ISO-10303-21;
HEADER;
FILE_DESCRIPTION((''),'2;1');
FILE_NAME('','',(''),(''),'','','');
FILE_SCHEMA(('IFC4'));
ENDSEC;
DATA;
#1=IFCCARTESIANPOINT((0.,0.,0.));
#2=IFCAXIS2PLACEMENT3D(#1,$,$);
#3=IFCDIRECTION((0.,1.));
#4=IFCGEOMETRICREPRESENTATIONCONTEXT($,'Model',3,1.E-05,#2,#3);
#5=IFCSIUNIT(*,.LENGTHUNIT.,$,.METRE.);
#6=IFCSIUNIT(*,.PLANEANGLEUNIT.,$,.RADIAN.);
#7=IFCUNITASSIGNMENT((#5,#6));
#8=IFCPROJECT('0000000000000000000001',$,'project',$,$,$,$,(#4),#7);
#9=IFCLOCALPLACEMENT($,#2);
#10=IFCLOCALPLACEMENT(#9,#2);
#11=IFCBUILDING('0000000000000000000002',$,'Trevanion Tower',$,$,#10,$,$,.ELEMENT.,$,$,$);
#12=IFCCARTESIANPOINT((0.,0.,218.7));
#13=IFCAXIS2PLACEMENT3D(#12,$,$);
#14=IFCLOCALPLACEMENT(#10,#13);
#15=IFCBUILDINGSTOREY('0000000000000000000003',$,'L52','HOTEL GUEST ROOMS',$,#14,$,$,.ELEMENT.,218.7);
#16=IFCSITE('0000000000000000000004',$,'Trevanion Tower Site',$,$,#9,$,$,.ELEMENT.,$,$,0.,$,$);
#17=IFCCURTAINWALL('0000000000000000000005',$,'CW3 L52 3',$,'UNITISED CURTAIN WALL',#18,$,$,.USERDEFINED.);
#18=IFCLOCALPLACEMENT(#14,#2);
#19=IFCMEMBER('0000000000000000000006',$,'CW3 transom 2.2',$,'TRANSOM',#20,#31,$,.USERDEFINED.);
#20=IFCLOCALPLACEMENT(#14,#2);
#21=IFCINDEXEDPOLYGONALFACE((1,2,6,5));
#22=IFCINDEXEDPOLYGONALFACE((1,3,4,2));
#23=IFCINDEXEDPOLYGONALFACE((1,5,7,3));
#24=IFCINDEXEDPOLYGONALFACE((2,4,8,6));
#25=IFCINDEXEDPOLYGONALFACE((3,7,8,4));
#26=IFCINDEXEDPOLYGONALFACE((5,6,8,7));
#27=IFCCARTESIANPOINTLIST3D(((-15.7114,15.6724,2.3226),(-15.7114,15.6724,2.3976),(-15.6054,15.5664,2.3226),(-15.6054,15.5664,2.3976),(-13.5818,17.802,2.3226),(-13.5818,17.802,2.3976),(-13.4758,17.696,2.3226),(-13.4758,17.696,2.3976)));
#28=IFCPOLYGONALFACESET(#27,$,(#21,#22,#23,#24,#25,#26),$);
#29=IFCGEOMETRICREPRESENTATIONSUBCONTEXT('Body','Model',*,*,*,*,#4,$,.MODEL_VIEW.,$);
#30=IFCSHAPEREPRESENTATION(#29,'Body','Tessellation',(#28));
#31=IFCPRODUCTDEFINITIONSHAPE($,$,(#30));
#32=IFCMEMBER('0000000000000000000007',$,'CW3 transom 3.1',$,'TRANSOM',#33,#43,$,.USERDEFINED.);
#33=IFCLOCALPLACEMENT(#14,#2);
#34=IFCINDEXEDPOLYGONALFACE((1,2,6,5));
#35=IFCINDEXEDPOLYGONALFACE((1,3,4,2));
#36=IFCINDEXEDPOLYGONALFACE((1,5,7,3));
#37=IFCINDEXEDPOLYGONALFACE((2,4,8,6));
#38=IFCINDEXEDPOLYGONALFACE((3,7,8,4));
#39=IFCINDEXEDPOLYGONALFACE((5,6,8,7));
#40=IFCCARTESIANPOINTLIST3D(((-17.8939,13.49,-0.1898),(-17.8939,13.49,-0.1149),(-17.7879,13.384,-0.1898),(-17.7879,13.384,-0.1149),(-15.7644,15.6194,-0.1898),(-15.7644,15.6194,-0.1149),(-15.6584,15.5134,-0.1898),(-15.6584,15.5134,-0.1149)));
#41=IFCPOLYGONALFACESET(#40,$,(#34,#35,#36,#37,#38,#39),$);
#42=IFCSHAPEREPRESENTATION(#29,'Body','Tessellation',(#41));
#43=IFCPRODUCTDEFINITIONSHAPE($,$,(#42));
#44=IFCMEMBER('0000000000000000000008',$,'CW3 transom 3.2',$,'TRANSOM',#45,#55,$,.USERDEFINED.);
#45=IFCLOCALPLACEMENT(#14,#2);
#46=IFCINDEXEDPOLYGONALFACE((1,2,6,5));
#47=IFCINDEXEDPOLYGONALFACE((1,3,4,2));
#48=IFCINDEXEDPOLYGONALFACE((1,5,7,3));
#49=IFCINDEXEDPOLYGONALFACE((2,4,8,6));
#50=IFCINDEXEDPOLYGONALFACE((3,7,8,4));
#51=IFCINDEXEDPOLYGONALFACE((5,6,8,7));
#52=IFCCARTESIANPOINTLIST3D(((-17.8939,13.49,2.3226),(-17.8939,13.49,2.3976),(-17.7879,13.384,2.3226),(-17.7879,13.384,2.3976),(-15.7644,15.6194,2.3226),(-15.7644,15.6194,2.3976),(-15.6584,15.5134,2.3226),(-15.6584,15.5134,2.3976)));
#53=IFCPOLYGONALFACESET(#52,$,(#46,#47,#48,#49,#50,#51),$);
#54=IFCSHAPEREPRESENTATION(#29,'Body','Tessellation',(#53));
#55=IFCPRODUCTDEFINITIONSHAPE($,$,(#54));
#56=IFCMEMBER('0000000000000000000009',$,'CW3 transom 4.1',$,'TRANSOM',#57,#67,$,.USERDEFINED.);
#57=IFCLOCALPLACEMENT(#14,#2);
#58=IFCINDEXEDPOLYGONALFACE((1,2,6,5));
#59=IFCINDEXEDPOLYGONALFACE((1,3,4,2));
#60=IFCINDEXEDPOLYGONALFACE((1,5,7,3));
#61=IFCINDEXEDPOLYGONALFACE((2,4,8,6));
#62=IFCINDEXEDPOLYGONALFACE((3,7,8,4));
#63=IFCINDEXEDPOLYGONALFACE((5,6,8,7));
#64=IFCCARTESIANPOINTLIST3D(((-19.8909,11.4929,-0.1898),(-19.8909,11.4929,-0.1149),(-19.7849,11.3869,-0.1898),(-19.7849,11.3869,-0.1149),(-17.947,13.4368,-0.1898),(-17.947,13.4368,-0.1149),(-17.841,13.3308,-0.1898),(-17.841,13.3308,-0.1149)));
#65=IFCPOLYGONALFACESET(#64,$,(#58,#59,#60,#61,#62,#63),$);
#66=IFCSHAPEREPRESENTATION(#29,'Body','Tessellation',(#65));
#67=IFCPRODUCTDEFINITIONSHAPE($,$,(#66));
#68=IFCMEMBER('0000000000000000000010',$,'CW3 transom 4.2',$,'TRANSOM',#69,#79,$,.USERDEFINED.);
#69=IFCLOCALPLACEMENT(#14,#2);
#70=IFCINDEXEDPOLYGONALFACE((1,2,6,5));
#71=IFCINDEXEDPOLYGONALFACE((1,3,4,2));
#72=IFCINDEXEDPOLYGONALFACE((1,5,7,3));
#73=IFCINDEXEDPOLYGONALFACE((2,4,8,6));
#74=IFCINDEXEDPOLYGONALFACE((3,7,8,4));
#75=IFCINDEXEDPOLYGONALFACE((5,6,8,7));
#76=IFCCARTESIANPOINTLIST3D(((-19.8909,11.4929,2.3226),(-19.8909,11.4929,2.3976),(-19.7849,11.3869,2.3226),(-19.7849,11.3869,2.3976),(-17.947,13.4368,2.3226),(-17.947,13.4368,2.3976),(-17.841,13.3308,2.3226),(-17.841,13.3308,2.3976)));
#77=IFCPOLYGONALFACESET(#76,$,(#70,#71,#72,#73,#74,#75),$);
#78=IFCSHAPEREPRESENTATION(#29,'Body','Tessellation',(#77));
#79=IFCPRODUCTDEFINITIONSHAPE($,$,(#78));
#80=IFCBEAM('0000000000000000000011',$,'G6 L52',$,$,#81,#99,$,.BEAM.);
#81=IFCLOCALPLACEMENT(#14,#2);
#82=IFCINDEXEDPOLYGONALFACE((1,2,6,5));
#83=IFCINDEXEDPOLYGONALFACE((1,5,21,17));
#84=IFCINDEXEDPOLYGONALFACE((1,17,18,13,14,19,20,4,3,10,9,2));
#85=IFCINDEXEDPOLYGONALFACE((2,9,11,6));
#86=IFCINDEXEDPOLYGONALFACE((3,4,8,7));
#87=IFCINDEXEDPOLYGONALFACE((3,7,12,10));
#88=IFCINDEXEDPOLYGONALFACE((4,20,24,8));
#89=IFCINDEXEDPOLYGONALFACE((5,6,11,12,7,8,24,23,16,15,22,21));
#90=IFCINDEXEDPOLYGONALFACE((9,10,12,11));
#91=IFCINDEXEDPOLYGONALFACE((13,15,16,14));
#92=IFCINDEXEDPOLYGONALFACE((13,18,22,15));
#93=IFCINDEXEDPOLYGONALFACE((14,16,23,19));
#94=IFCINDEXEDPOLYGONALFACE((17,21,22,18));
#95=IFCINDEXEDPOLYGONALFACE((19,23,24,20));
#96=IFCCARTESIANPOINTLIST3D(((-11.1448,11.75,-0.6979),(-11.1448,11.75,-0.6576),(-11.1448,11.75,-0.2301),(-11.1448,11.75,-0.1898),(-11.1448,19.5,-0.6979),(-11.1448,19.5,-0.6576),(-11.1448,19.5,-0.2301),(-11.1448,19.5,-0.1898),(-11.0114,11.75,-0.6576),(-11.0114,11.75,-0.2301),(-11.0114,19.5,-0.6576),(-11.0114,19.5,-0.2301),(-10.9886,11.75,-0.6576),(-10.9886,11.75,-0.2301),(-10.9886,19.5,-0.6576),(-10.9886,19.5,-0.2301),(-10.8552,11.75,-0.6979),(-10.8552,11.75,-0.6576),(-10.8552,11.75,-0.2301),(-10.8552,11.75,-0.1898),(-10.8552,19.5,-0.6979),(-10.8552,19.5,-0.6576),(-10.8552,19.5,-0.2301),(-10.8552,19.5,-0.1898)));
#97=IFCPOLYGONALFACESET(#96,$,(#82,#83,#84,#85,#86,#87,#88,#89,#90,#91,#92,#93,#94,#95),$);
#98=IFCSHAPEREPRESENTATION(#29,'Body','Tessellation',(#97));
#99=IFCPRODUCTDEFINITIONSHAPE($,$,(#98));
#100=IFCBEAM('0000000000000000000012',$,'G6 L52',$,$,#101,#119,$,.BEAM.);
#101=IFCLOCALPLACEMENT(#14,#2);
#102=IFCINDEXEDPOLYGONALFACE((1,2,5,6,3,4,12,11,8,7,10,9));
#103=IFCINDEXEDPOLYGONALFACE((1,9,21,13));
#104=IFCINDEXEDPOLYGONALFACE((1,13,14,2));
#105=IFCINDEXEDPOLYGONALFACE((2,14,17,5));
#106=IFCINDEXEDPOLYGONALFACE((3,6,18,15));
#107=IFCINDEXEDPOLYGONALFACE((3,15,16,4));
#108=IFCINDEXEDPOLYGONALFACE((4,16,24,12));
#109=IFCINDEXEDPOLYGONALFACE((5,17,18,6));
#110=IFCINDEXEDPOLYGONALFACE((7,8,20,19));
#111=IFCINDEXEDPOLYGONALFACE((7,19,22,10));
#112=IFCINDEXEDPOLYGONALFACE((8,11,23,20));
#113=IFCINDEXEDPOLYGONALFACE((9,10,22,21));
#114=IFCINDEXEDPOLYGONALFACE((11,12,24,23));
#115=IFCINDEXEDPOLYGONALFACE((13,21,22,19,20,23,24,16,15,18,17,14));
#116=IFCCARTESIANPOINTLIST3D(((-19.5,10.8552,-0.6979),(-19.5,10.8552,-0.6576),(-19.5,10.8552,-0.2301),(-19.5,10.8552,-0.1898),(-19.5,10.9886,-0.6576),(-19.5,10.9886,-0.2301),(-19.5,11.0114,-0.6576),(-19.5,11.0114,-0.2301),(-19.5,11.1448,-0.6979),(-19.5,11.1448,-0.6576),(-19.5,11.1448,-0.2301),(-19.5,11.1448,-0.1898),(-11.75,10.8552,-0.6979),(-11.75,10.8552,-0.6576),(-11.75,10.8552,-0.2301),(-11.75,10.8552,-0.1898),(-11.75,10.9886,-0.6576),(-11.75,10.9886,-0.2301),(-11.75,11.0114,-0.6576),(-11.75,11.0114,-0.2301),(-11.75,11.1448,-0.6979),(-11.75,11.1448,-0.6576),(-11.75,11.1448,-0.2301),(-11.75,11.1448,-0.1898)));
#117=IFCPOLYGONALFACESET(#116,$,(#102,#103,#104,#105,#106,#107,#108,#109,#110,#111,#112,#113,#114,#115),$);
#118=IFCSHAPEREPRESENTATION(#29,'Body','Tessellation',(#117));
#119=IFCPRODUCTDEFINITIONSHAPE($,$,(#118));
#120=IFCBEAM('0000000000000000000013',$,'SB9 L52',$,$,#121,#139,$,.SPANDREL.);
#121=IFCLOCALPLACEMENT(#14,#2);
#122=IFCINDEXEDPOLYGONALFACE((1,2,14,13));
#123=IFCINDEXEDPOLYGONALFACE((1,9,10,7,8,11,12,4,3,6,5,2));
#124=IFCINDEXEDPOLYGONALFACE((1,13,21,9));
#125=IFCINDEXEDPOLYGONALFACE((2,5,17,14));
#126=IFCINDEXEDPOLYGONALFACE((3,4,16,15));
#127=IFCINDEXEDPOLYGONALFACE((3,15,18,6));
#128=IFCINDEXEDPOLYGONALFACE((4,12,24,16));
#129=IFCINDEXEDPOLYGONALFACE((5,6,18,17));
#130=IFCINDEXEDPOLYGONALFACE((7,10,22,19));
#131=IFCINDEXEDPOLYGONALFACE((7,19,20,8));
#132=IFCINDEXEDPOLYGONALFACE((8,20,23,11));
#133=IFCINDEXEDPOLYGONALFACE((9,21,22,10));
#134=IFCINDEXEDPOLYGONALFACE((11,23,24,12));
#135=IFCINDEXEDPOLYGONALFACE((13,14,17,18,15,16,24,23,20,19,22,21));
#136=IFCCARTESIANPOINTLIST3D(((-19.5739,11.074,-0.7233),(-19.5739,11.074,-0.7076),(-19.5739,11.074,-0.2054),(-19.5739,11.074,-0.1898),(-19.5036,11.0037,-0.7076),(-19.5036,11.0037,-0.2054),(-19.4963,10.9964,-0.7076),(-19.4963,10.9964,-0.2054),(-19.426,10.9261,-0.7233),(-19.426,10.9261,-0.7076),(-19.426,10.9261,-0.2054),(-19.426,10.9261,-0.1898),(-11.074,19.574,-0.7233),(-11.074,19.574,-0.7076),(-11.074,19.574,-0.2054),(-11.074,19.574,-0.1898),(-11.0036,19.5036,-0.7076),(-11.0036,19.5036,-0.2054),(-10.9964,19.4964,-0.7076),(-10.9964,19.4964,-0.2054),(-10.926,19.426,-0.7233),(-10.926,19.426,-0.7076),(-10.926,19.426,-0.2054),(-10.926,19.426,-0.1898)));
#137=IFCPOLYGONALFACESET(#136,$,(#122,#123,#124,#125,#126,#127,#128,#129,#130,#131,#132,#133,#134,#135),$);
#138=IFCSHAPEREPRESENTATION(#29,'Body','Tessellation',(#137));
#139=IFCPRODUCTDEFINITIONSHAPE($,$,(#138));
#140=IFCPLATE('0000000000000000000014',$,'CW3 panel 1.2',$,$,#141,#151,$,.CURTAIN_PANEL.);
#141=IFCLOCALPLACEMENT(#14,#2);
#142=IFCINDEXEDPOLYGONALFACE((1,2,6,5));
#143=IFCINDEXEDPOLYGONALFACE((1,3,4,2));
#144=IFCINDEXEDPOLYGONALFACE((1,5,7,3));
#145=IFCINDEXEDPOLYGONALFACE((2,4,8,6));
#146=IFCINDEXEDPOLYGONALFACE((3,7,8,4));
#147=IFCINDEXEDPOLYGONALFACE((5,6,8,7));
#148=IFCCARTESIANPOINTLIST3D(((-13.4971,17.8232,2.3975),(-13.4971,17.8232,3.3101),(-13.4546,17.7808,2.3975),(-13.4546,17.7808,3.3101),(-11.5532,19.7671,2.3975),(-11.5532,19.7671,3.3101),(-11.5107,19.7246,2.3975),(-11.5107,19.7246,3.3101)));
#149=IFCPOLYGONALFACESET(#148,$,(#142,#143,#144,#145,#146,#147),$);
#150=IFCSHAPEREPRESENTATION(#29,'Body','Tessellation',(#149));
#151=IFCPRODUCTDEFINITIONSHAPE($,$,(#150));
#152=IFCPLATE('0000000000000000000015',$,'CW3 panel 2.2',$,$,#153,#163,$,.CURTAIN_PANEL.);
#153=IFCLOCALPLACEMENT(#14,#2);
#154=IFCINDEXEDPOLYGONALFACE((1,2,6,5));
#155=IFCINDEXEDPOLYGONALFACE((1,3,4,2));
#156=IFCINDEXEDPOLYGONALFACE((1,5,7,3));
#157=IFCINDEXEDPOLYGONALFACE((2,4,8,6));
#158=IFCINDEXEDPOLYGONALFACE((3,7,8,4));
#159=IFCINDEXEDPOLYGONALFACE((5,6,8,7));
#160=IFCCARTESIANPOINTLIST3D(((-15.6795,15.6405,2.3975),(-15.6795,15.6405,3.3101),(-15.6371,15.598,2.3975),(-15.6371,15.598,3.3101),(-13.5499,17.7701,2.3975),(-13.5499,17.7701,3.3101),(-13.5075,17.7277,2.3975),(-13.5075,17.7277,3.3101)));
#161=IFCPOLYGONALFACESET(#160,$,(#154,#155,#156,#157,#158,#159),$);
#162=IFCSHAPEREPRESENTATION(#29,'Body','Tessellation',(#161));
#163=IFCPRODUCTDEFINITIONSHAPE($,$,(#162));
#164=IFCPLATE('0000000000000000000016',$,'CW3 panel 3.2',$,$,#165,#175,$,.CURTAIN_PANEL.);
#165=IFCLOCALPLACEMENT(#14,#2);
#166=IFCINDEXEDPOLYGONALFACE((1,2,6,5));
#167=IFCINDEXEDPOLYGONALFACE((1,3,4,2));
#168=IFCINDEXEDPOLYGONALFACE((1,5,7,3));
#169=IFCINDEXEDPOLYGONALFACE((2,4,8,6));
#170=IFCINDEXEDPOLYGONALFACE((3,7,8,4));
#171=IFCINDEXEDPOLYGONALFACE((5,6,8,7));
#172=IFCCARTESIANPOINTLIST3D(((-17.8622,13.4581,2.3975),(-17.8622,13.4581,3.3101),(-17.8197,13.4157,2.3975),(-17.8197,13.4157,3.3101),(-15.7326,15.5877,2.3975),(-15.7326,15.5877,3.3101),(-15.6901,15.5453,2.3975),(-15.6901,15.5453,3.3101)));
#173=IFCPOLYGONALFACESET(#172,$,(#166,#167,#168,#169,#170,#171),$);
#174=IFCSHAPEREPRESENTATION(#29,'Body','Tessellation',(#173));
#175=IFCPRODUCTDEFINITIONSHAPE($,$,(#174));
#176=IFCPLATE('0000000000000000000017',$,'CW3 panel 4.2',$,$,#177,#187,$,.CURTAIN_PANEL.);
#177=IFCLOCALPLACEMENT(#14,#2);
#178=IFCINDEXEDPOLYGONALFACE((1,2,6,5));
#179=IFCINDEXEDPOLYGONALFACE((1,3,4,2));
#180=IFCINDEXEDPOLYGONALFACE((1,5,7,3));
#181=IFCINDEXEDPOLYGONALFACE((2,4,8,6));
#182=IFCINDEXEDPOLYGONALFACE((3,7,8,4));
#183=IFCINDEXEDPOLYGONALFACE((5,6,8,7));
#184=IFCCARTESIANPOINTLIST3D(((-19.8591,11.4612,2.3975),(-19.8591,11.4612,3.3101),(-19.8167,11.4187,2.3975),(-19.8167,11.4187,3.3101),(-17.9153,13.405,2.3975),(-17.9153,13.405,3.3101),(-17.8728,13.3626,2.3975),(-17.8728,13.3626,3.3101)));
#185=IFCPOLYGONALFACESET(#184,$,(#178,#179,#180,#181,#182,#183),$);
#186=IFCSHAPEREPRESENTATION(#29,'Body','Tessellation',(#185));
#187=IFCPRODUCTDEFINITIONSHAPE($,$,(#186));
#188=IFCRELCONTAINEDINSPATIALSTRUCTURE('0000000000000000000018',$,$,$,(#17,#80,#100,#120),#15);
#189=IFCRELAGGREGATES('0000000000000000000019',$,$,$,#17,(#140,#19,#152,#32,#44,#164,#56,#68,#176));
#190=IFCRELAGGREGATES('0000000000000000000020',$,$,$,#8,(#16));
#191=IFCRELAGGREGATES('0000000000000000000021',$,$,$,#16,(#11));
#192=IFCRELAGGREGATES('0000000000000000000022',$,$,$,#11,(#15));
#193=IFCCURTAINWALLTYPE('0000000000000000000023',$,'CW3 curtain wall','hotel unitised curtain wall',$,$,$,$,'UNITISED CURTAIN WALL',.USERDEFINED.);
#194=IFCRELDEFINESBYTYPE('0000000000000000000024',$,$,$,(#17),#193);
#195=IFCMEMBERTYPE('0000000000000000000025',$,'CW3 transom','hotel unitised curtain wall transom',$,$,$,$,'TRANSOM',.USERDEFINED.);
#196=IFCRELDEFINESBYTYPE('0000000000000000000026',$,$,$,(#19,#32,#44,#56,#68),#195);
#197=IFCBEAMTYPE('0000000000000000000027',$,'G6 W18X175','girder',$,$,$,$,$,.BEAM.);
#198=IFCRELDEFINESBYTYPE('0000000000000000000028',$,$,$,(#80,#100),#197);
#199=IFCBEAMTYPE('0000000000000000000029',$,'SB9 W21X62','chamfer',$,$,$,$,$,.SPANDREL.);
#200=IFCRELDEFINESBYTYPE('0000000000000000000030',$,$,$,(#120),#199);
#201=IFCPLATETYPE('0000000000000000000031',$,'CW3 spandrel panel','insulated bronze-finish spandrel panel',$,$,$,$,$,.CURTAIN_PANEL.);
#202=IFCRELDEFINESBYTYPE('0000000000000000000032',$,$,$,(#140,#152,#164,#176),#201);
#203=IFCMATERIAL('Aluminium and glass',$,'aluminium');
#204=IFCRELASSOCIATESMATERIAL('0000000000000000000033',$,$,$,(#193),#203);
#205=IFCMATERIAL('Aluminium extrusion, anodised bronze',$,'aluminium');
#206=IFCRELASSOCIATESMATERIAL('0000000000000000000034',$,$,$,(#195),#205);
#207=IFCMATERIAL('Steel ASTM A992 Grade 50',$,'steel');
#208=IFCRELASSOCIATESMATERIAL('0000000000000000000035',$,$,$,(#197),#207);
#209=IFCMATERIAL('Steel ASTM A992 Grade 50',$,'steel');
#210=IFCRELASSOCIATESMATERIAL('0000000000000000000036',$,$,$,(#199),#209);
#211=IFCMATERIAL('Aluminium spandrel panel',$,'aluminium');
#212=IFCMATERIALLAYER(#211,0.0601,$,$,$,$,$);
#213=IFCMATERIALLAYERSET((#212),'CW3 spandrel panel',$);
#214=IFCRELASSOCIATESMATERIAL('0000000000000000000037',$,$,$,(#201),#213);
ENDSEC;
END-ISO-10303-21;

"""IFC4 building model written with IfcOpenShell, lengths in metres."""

from ifc_helpers import new_model, si_unit, direction, frame, origin, origin_2d, place, context, subcontext, project, spatial, rectangle, i_section, extrude, material, layer, layer_set, material_profile, profile_set, type_object, element, aggregate, save


model = new_model("IFC4")

# Units and contexts
model_context = context("Model", 3, precision=1e-05, world=origin(), true_north=direction((0.0, 1.0)))
body_context = subcontext(model_context, "Body", "Model", "MODEL_VIEW")
ifc_project = project(units=[si_unit("LENGTHUNIT", "METRE"), si_unit("PLANEANGLEUNIT", "RADIAN")], contexts=[model_context])

# Site, building, storey
site_placement = place(None, origin())
site = spatial("IfcSite", under=ifc_project, at=site_placement, Name="Trevanion Tower Site", CompositionType="ELEMENT", RefElevation=0.0)
building_placement = place(site_placement, origin())
building = spatial("IfcBuilding", under=site, at=building_placement, Name="Trevanion Tower", CompositionType="ELEMENT")
storey_placement = place(building_placement, frame((0.0, 0.0, 218.7)))
storey = spatial("IfcBuildingStorey", under=building, at=storey_placement, Name="L52", Description="HOTEL GUEST ROOMS", CompositionType="ELEMENT", Elevation=218.7)

# Curtain wall
ifc_material_1 = material(Name="Aluminium and glass", Category="aluminium")
curtain_wall_type = type_object("IfcCurtainWallType", Name="CW3 curtain wall", Description="hotel unitised curtain wall", ElementType="UNITISED CURTAIN WALL", PredefinedType="USERDEFINED", material=ifc_material_1)
curtain_wall_1_placement = place(storey_placement, origin())
curtain_wall_1 = element("IfcCurtainWall", 1, at=curtain_wall_1_placement, inside=storey, type_object=curtain_wall_type, Name="CW3 L52 3", ObjectType="UNITISED CURTAIN WALL", PredefinedType="USERDEFINED")

# Members
ifc_material_2 = material(Name="Aluminium extrusion, anodised bronze", Category="aluminium")
ifc_material_profile_1 = material_profile(ifc_material_2, rectangle(XDim=0.1499, YDim=0.075, at=origin_2d()), Name="CW3 transom")
ifc_profile_set_1 = profile_set([ifc_material_profile_1], Name="Aluminium extrusion, anodised bronze")
member_type_1 = type_object("IfcMemberType", Name="CW3 transom", Description="hotel unitised curtain wall transom", ElementType="TRANSOM", PredefinedType="USERDEFINED", material=ifc_profile_set_1)
member_1_placement = place(storey_placement, frame((-13.5288, 17.749, 2.3601), z_axis=(-0.707107, -0.707107, 0.0), x_axis=(0.707107, -0.707107, 0.0)))
member_1 = element("IfcMember", 2, at=member_1_placement, type_object=member_type_1, Name="CW3 transom 2.2", ObjectType="TRANSOM", PredefinedType="USERDEFINED", context=body_context, shape_type="SweptSolid", body=[
    extrude(rectangle(XDim=0.1499, YDim=0.075, at=origin_2d()), origin(), (0.0, 0.0, 1.0), 3.0117),
])
member_2_placement = place(storey_placement, frame((-15.7114, 15.5664, -0.1523), z_axis=(-0.707107, -0.707107, 0.0), x_axis=(0.707107, -0.707107, 0.0)))
member_2 = element("IfcMember", 3, at=member_2_placement, type_object=member_type_1, Name="CW3 transom 3.1", ObjectType="TRANSOM", PredefinedType="USERDEFINED", context=body_context, shape_type="SweptSolid", body=[
    extrude(rectangle(XDim=0.1499, YDim=0.075, at=origin_2d()), origin(), (0.0, 0.0, 1.0), 3.0115),
])
member_3_placement = place(storey_placement, frame((-15.7114, 15.5664, 2.3601), z_axis=(-0.707107, -0.707107, 0.0), x_axis=(0.707107, -0.707107, 0.0)))
member_3 = element("IfcMember", 4, at=member_3_placement, type_object=member_type_1, Name="CW3 transom 3.2", ObjectType="TRANSOM", PredefinedType="USERDEFINED", context=body_context, shape_type="SweptSolid", body=[
    extrude(rectangle(XDim=0.1499, YDim=0.075, at=origin_2d()), origin(), (0.0, 0.0, 1.0), 3.0115),
])
member_4_placement = place(storey_placement, frame((-17.894, 13.3838, -0.1523), z_axis=(-0.707107, -0.707107, 0.0), x_axis=(0.707107, -0.707107, 0.0)))
member_4 = element("IfcMember", 5, at=member_4_placement, type_object=member_type_1, Name="CW3 transom 4.1", ObjectType="TRANSOM", PredefinedType="USERDEFINED", context=body_context, shape_type="SweptSolid", body=[
    extrude(rectangle(XDim=0.1499, YDim=0.075, at=origin_2d()), origin(), (0.0, 0.0, 1.0), 2.749),
])
member_5_placement = place(storey_placement, frame((-17.894, 13.3838, 2.3601), z_axis=(-0.707107, -0.707107, 0.0), x_axis=(0.707107, -0.707107, 0.0)))
member_5 = element("IfcMember", 6, at=member_5_placement, type_object=member_type_1, Name="CW3 transom 4.2", ObjectType="TRANSOM", PredefinedType="USERDEFINED", context=body_context, shape_type="SweptSolid", body=[
    extrude(rectangle(XDim=0.1499, YDim=0.075, at=origin_2d()), origin(), (0.0, 0.0, 1.0), 2.749),
])

# Beams
ifc_material_3 = material(Name="Steel ASTM A992 Grade 50", Category="steel")
ifc_material_profile_2 = material_profile(ifc_material_3, i_section(OverallWidth=0.2896, OverallDepth=0.5081, WebThickness=0.0227, FlangeThickness=0.0403, at=origin_2d()), Name="W18X175")
ifc_profile_set_2 = profile_set([ifc_material_profile_2], Name="Steel ASTM A992 Grade 50")
beam_type_1 = type_object("IfcBeamType", Name="G6 W18X175", Description="girder", PredefinedType="BEAM", material=ifc_profile_set_2)
for number, where, z_axis, x_axis, name in (
    (7, (-11.0, 11.75, -0.4438), (0.0, 1.0, 0.0), (-1.0, 0.0, 0.0), "G6 L52"),
    (8, (-11.75, 11.0, -0.4438), (-1.0, 0.0, 0.0), (0.0, -1.0, 0.0), "G6 L52"),
):
    element("IfcBeam", number, at=place(storey_placement, frame(where, z_axis=z_axis, x_axis=x_axis)), inside=storey, type_object=beam_type_1, Name=name, PredefinedType="BEAM", context=body_context, shape_type="SweptSolid", body=[
        extrude(i_section(OverallWidth=0.2896, OverallDepth=0.5081, WebThickness=0.0227, FlangeThickness=0.0403, at=origin_2d()), origin(), (0.0, 0.0, 1.0), 7.75),
    ])
ifc_material_4 = material(Name="Steel ASTM A992 Grade 50", Category="steel")
ifc_material_profile_3 = material_profile(ifc_material_4, i_section(OverallWidth=0.2092, OverallDepth=0.5334, WebThickness=0.0103, FlangeThickness=0.0156, at=origin_2d()), Name="W21X62")
ifc_profile_set_3 = profile_set([ifc_material_profile_3], Name="Steel ASTM A992 Grade 50")
beam_type_2 = type_object("IfcBeamType", Name="SB9 W21X62", Description="chamfer", PredefinedType="SPANDREL", material=ifc_profile_set_3)
beam_1_placement = place(storey_placement, frame((-11.0, 19.5, -0.4565), z_axis=(-0.707107, -0.707107, 0.0), x_axis=(0.707107, -0.707107, 0.0)))
element("IfcBeam", 9, at=beam_1_placement, inside=storey, type_object=beam_type_2, Name="SB9 L52", PredefinedType="SPANDREL", context=body_context, shape_type="SweptSolid", body=[
    extrude(i_section(OverallWidth=0.2092, OverallDepth=0.5334, WebThickness=0.0103, FlangeThickness=0.0156, at=origin_2d()), origin(), (0.0, 0.0, 1.0), 12.0208),
])

# Plates
ifc_material_5 = material(Name="Aluminium spandrel panel", Category="aluminium")
ifc_layer_1 = layer(ifc_material_5, 0.0601)
ifc_layer_set_1 = layer_set([ifc_layer_1], Name="CW3 spandrel panel")
plate_type_1 = type_object("IfcPlateType", Name="CW3 spandrel panel", Description="insulated bronze-finish spandrel panel", PredefinedType="CURTAIN_PANEL", material=ifc_layer_set_1)
plate_1_placement = place(storey_placement, frame((-12.5039, 18.7739, 2.3975), z_axis=(0.0, 0.0, 1.0), x_axis=(-0.707107, -0.707107, 0.0)))
plate_1 = element("IfcPlate", 10, at=plate_1_placement, type_object=plate_type_1, Name="CW3 panel 1.2", PredefinedType="CURTAIN_PANEL", context=body_context, shape_type="SweptSolid", body=[
    extrude(rectangle(XDim=2.749, YDim=0.0601, at=origin_2d()), origin(), (0.0, 0.0, 1.0), 0.9126),
])
plate_2_placement = place(storey_placement, frame((-14.5935, 16.6841, 2.3975), z_axis=(0.0, 0.0, 1.0), x_axis=(-0.707107, -0.707107, 0.0)))
plate_2 = element("IfcPlate", 11, at=plate_2_placement, type_object=plate_type_1, Name="CW3 panel 2.2", PredefinedType="CURTAIN_PANEL", context=body_context, shape_type="SweptSolid", body=[
    extrude(rectangle(XDim=3.0117, YDim=0.0601, at=origin_2d()), origin(), (0.0, 0.0, 1.0), 0.9126),
])
plate_3_placement = place(storey_placement, frame((-16.7761, 14.5017, 2.3975), z_axis=(0.0, 0.0, 1.0), x_axis=(-0.707107, -0.707107, 0.0)))
plate_3 = element("IfcPlate", 12, at=plate_3_placement, type_object=plate_type_1, Name="CW3 panel 3.2", PredefinedType="CURTAIN_PANEL", context=body_context, shape_type="SweptSolid", body=[
    extrude(rectangle(XDim=3.0117, YDim=0.0601, at=origin_2d()), origin(), (0.0, 0.0, 1.0), 0.9126),
])
plate_4_placement = place(storey_placement, frame((-18.866, 12.4119, 2.3975), z_axis=(0.0, 0.0, 1.0), x_axis=(-0.707107, -0.707107, 0.0)))
plate_4 = element("IfcPlate", 13, at=plate_4_placement, type_object=plate_type_1, Name="CW3 panel 4.2", PredefinedType="CURTAIN_PANEL", context=body_context, shape_type="SweptSolid", body=[
    extrude(rectangle(XDim=2.749, YDim=0.0601, at=origin_2d()), origin(), (0.0, 0.0, 1.0), 0.9126),
])
aggregate(curtain_wall_1, [plate_1, member_1, plate_2, member_2, member_3, plate_3, member_4, member_5, plate_4])

save(model, "model.ifc")
